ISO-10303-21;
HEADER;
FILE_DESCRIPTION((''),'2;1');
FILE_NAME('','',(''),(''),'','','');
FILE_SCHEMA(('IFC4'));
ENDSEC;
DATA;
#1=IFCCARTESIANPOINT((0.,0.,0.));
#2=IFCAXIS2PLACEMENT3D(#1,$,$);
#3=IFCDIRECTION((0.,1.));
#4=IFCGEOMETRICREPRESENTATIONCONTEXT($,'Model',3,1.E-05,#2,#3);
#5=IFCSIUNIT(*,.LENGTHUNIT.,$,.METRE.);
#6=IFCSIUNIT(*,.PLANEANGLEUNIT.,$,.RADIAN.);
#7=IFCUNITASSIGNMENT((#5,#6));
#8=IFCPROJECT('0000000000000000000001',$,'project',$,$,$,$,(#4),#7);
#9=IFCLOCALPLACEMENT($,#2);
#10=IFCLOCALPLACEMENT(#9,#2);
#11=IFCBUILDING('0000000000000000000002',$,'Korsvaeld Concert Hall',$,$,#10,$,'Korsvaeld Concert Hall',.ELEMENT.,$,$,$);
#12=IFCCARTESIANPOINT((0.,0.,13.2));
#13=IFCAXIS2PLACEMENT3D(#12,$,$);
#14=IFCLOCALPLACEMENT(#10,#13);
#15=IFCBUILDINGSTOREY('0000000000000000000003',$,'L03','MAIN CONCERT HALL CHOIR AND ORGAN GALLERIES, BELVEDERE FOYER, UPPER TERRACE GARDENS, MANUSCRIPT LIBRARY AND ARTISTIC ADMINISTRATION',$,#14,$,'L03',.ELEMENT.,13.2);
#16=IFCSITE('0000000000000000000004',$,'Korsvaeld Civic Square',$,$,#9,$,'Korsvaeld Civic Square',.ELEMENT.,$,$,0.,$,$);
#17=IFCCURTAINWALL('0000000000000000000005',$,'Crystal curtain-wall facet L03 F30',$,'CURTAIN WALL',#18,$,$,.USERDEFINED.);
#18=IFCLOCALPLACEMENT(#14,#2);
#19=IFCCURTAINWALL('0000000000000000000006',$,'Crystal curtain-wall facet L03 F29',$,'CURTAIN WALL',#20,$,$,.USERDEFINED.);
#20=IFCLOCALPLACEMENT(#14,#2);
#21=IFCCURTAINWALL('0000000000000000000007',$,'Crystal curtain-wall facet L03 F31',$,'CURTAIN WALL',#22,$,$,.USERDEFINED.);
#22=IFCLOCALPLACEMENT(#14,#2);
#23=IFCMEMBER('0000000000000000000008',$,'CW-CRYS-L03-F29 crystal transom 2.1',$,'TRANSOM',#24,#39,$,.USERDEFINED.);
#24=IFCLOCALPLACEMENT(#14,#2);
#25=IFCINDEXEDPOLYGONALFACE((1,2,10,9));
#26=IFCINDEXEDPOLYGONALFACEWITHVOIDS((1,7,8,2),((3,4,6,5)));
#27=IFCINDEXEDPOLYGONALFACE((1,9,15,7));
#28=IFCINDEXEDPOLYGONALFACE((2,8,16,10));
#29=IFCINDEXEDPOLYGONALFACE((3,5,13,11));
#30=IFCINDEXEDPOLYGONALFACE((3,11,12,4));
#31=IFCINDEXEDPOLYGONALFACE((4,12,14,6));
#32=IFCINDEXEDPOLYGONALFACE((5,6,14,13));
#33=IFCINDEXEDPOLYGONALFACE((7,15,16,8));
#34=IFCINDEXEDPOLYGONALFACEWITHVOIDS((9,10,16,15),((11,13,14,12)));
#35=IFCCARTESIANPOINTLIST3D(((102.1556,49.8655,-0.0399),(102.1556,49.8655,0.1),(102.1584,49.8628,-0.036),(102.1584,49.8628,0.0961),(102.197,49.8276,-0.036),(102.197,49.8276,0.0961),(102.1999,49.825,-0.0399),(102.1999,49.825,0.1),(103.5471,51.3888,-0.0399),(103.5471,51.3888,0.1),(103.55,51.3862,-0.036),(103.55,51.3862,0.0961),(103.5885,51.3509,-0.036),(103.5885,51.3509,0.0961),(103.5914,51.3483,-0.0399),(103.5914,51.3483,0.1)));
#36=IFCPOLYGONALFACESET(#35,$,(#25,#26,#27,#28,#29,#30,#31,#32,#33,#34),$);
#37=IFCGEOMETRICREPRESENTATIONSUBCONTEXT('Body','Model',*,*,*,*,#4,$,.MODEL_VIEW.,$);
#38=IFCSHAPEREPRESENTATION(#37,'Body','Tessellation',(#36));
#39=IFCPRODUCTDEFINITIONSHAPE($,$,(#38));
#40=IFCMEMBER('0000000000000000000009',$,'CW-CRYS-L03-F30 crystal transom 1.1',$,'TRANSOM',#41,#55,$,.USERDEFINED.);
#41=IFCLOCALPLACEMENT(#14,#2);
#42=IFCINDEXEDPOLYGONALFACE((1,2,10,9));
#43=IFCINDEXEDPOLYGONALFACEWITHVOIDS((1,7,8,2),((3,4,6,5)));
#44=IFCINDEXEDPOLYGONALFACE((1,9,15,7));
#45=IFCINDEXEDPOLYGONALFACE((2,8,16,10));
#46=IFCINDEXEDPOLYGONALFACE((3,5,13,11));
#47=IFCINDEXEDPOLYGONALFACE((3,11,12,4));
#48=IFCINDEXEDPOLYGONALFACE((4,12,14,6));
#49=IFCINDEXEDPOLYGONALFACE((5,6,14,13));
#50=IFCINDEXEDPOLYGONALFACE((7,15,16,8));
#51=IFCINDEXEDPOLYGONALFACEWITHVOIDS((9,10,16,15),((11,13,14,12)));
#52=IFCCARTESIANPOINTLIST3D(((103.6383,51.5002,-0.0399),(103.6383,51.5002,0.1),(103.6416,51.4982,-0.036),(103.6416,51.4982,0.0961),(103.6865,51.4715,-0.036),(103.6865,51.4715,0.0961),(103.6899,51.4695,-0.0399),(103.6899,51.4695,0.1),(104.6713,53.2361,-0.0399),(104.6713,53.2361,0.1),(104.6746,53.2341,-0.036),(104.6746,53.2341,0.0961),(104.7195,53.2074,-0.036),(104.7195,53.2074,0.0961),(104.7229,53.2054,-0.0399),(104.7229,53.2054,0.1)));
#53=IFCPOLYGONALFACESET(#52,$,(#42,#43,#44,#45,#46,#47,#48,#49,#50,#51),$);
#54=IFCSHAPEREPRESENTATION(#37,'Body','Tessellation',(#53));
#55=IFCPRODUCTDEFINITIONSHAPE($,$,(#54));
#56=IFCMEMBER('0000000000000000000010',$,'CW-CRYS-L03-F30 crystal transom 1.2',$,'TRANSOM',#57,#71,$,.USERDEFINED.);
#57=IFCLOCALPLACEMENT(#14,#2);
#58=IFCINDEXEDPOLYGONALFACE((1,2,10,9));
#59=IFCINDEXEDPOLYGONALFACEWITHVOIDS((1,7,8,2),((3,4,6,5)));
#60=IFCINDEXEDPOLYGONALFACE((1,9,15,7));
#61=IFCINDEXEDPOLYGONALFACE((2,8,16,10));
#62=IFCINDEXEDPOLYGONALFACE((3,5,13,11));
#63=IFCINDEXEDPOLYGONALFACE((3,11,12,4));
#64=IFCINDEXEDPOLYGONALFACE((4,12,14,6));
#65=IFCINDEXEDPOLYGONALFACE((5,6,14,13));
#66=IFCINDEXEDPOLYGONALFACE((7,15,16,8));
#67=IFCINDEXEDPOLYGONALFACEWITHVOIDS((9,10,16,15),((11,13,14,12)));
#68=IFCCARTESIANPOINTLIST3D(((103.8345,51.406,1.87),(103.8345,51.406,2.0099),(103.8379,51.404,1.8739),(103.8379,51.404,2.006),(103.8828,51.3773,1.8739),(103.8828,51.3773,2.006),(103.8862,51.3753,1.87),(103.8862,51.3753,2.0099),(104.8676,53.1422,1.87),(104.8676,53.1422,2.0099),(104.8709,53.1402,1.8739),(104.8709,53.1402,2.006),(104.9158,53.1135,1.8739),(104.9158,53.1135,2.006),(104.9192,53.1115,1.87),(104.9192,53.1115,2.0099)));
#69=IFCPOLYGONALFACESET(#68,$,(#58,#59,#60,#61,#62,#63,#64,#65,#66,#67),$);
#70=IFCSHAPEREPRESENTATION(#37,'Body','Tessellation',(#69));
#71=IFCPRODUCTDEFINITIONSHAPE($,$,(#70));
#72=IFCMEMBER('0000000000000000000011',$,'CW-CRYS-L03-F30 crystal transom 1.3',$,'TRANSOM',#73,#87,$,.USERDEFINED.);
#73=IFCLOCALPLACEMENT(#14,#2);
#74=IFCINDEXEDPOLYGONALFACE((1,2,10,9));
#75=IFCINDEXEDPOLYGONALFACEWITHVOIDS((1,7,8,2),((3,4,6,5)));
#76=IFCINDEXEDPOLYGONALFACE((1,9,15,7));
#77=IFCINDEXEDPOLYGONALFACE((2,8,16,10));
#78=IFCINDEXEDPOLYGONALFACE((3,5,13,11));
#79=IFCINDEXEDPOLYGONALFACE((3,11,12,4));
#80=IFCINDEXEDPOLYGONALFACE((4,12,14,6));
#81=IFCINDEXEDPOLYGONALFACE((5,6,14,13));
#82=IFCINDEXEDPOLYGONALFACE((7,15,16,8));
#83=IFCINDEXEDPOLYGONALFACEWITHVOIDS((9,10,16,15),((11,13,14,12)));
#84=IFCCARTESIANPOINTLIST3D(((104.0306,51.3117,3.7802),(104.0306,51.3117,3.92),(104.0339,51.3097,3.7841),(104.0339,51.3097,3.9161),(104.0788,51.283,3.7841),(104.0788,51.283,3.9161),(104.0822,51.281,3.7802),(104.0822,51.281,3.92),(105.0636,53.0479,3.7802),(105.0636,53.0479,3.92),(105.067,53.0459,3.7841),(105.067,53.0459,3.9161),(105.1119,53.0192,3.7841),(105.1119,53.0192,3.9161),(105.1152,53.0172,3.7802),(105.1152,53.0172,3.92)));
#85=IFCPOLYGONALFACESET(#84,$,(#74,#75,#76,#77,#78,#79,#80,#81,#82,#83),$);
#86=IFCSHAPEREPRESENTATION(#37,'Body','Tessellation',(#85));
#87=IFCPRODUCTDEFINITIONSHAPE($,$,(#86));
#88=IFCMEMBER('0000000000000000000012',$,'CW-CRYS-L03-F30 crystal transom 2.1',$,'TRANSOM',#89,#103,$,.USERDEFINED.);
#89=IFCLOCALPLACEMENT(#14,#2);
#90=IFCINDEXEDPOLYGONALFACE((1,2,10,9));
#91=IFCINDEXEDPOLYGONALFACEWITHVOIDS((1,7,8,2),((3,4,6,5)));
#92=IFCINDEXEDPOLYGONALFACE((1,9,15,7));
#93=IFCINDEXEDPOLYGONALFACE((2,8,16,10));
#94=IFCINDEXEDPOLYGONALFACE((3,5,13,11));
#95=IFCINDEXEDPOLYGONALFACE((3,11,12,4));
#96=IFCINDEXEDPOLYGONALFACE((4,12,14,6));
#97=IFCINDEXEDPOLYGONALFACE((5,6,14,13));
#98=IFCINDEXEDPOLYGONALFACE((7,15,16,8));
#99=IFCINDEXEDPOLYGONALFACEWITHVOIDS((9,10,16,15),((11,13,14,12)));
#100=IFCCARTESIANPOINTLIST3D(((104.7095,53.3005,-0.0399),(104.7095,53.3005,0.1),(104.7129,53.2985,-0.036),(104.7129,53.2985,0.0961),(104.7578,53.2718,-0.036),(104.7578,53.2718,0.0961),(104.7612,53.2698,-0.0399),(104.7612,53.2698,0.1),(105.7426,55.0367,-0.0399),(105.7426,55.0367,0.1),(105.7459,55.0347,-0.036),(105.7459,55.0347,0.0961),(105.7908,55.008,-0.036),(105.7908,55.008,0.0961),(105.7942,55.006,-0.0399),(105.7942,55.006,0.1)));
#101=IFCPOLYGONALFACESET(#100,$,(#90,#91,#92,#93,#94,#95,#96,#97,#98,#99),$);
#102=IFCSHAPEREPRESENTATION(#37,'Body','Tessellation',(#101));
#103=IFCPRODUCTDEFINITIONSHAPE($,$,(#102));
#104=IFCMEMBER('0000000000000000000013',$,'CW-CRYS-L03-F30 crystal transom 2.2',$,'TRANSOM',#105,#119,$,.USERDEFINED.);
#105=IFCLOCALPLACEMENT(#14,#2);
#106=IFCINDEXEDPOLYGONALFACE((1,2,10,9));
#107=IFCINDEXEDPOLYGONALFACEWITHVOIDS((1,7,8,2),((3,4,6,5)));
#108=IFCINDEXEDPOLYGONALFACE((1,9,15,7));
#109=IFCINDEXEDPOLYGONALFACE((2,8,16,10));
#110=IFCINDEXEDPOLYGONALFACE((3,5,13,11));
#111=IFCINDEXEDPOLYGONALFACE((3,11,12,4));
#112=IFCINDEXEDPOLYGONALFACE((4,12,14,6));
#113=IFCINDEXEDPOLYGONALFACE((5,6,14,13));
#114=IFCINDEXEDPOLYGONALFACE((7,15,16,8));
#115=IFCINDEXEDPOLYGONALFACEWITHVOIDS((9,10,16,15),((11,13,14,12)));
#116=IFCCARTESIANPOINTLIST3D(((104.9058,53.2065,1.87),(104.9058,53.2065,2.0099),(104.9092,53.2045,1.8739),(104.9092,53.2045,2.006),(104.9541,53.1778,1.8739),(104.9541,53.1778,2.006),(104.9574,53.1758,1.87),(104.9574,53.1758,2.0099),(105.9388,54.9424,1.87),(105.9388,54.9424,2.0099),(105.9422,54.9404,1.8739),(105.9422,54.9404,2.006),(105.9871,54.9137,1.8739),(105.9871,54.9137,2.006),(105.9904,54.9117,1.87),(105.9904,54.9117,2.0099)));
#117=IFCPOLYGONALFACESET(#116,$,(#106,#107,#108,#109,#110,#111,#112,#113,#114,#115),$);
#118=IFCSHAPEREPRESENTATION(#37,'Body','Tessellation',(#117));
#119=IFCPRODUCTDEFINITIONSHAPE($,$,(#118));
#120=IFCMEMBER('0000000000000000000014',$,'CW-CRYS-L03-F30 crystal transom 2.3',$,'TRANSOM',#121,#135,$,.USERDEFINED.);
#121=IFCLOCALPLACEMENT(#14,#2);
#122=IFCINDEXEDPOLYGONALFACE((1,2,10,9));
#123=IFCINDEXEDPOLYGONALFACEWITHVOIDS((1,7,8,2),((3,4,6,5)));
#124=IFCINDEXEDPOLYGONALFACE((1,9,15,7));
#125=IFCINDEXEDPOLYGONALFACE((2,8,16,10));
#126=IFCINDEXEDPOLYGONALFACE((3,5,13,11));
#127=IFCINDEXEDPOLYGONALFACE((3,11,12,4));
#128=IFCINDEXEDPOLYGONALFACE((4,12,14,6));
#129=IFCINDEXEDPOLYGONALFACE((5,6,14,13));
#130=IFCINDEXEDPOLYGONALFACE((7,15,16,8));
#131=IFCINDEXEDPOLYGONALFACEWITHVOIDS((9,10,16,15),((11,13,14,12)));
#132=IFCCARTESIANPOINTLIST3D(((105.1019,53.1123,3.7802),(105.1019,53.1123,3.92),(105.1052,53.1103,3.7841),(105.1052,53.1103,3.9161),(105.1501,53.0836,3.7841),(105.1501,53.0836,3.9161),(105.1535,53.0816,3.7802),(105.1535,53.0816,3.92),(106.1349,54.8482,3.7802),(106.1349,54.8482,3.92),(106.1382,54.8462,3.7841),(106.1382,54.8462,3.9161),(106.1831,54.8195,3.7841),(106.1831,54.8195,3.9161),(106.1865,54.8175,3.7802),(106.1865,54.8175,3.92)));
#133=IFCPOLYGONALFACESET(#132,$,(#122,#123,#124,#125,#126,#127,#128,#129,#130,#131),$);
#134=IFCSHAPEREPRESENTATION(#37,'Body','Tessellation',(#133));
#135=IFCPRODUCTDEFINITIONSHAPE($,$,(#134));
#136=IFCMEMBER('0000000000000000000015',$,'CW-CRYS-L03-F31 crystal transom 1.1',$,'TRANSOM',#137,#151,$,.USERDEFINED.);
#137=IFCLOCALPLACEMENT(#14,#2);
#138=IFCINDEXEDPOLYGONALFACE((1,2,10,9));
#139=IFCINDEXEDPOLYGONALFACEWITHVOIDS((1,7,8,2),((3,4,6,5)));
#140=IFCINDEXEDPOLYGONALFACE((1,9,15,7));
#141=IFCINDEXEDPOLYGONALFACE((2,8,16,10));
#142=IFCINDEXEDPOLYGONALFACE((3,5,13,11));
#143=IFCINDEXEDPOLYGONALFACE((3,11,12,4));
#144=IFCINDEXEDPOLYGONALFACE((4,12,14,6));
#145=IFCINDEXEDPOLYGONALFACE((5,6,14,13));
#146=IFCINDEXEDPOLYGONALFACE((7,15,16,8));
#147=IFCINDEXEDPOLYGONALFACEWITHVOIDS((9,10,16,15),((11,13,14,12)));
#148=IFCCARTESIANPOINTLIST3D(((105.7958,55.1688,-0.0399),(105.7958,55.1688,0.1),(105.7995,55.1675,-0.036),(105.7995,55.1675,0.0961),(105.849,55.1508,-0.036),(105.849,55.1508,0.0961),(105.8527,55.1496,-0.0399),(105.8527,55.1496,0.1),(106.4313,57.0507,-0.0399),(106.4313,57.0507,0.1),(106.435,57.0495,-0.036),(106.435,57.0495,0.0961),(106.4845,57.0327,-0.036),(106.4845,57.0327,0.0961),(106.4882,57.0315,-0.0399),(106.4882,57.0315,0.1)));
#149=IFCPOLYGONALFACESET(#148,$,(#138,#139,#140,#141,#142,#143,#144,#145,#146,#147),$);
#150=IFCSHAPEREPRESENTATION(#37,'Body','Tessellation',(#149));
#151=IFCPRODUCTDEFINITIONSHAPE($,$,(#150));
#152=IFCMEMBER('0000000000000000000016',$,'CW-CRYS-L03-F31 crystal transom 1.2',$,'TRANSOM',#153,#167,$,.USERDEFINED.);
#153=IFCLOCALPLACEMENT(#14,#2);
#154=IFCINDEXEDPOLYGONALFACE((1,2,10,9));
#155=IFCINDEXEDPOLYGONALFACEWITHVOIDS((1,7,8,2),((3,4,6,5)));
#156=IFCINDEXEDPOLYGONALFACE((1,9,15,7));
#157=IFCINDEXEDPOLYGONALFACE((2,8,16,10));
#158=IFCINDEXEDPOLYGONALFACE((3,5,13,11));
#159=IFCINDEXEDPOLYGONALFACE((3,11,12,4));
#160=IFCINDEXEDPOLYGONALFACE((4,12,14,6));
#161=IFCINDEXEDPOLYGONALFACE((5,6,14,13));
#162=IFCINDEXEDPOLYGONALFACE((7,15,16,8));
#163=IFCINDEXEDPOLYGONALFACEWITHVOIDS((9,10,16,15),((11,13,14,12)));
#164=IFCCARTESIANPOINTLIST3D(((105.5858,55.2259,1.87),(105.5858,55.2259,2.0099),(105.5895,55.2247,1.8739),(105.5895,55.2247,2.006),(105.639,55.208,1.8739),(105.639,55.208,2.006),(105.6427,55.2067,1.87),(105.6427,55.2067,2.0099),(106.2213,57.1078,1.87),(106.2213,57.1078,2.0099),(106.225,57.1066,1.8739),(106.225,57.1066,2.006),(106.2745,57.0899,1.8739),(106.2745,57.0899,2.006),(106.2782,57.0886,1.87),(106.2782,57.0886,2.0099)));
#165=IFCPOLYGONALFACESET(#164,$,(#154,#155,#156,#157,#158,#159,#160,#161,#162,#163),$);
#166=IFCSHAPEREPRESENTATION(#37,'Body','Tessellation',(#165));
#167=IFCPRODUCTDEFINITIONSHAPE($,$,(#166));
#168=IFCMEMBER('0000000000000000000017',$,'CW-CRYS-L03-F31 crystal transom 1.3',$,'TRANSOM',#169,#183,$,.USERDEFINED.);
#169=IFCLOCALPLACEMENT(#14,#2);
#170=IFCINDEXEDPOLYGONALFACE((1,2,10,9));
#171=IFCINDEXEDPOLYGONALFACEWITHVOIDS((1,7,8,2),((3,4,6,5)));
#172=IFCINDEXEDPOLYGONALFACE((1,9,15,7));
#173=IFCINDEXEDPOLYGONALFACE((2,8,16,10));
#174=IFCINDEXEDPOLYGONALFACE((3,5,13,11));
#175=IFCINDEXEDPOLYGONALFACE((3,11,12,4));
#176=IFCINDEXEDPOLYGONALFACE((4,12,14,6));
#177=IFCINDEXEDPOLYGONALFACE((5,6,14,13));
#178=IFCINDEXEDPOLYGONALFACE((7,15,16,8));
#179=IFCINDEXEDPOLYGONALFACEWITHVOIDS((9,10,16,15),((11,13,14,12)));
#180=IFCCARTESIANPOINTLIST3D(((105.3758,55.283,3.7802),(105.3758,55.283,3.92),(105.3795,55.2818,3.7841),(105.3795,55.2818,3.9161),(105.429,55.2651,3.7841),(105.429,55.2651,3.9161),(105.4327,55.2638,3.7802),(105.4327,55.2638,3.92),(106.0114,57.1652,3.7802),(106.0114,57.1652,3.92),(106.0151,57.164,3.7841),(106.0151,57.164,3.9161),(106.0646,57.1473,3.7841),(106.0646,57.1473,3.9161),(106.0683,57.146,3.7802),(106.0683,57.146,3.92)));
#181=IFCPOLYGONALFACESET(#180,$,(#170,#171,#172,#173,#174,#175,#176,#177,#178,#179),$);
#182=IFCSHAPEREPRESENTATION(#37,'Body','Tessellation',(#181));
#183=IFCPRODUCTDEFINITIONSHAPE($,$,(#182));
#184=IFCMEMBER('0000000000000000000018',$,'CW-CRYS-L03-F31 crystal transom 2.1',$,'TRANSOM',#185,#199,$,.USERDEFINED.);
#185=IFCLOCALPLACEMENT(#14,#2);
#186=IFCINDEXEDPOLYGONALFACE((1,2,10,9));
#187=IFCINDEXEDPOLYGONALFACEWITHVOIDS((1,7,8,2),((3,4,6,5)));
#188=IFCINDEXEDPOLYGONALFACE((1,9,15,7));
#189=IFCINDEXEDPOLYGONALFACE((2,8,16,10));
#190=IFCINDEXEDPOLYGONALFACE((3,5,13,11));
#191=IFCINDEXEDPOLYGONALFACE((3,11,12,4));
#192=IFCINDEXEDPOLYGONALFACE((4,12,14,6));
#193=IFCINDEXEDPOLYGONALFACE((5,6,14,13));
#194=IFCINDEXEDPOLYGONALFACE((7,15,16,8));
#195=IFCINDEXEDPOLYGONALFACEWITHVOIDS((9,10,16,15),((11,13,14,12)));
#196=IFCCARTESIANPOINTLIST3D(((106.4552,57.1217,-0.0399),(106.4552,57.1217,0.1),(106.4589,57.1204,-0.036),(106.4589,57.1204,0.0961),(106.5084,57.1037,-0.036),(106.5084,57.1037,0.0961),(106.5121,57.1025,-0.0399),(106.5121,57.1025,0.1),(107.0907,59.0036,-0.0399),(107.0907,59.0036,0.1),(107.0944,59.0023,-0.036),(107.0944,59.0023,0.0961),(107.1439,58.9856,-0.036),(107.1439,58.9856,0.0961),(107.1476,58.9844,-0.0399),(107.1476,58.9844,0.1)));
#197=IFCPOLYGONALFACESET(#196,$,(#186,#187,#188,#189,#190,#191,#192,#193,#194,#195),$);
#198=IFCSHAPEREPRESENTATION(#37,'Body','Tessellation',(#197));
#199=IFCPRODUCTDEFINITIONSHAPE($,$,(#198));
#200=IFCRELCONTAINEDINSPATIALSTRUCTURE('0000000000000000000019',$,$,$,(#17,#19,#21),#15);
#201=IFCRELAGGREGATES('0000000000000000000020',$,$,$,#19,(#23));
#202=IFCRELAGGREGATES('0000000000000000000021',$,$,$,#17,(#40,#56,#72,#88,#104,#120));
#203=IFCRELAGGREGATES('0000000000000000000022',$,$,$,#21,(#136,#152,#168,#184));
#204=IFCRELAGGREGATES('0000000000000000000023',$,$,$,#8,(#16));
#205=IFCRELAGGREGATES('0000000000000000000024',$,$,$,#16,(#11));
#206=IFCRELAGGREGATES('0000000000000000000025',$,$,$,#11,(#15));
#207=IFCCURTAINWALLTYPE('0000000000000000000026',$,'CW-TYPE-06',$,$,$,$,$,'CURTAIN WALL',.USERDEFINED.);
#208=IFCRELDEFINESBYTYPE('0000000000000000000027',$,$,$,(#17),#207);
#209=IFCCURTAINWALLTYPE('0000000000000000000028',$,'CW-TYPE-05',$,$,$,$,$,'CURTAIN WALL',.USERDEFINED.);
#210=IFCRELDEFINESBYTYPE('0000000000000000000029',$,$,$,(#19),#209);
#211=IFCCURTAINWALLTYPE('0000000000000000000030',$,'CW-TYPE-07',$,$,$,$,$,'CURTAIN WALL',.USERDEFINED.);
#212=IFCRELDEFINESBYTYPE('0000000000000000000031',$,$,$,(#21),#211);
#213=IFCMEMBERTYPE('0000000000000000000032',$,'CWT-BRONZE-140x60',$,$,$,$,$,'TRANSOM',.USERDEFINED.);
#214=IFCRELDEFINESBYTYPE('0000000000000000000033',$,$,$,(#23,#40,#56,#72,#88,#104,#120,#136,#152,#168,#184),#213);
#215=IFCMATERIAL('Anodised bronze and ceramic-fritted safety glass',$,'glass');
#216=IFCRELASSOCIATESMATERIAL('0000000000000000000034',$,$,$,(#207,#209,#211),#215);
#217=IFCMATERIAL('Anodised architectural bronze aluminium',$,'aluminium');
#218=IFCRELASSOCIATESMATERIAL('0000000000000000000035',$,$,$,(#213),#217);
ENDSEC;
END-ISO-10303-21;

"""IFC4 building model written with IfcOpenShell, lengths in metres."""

from ifc_helpers import new_model, si_unit, direction, frame, origin, origin_2d, place, context, subcontext, project, spatial, hollow_rectangle, extrude, material, material_profile, profile_set, type_object, element, aggregate, save


model = new_model("IFC4")

# Units and contexts
model_context = context("Model", 3, precision=1e-05, world=origin(), true_north=direction((0.0, 1.0)))
body_context = subcontext(model_context, "Body", "Model", "MODEL_VIEW")
ifc_project = project(units=[si_unit("LENGTHUNIT", "METRE"), si_unit("PLANEANGLEUNIT", "RADIAN")], contexts=[model_context])

# Site, building, storey
site_placement = place(None, origin())
site = spatial("IfcSite", under=ifc_project, at=site_placement, Name="Korsvaeld Civic Square", LongName="Korsvaeld Civic Square", CompositionType="ELEMENT", RefElevation=0.0)
building_placement = place(site_placement, origin())
building = spatial("IfcBuilding", under=site, at=building_placement, Name="Korsvaeld Concert Hall", LongName="Korsvaeld Concert Hall", CompositionType="ELEMENT")
storey_placement = place(building_placement, frame((0.0, 0.0, 13.2)))
storey = spatial("IfcBuildingStorey", under=building, at=storey_placement, Name="L03", Description="MAIN CONCERT HALL CHOIR AND ORGAN GALLERIES, BELVEDERE FOYER, UPPER TERRACE GARDENS, MANUSCRIPT LIBRARY AND ARTISTIC ADMINISTRATION", LongName="L03", CompositionType="ELEMENT", Elevation=13.2)

# Curtain wall
ifc_material_1 = material(Name="Anodised bronze and ceramic-fritted safety glass", Category="glass")
curtain_wall_type_1 = type_object("IfcCurtainWallType", Name="CW-TYPE-06", ElementType="CURTAIN WALL", PredefinedType="USERDEFINED", material=ifc_material_1)
curtain_wall_1_placement = place(storey_placement, origin())
curtain_wall_1 = element("IfcCurtainWall", 1, at=curtain_wall_1_placement, inside=storey, type_object=curtain_wall_type_1, Name="Crystal curtain-wall facet L03 F30", ObjectType="CURTAIN WALL", PredefinedType="USERDEFINED")
ifc_material_2 = material(Name="Anodised architectural bronze aluminium", Category="aluminium")

# Curtain wall
curtain_wall_type_2 = type_object("IfcCurtainWallType", Name="CW-TYPE-05", ElementType="CURTAIN WALL", PredefinedType="USERDEFINED", material=ifc_material_1)
curtain_wall_2_placement = place(storey_placement, origin())
curtain_wall_2 = element("IfcCurtainWall", 2, at=curtain_wall_2_placement, inside=storey, type_object=curtain_wall_type_2, Name="Crystal curtain-wall facet L03 F29", ObjectType="CURTAIN WALL", PredefinedType="USERDEFINED")

# Curtain wall
curtain_wall_type_3 = type_object("IfcCurtainWallType", Name="CW-TYPE-07", ElementType="CURTAIN WALL", PredefinedType="USERDEFINED", material=ifc_material_1)
curtain_wall_3_placement = place(storey_placement, origin())
curtain_wall_3 = element("IfcCurtainWall", 3, at=curtain_wall_3_placement, inside=storey, type_object=curtain_wall_type_3, Name="Crystal curtain-wall facet L03 F31", ObjectType="CURTAIN WALL", PredefinedType="USERDEFINED")

# Members
ifc_material_profile_1 = material_profile(ifc_material_2, hollow_rectangle(XDim=0.0601, YDim=0.1399, WallThickness=0.0039, at=origin_2d()), Name="CWT 140x60x4")
ifc_profile_set_1 = profile_set([ifc_material_profile_1], Name="Anodised architectural bronze aluminium")
member_type_1 = type_object("IfcMemberType", Name="CWT-BRONZE-140x60", ElementType="TRANSOM", PredefinedType="USERDEFINED", material=ifc_profile_set_1)
member_1_placement = place(storey_placement, frame((102.1777, 49.8452, 0.03), z_axis=(0.674438, 0.738332, 0.0), x_axis=(-0.738332, 0.674438, 0.0)))
member_1 = element("IfcMember", 4, at=member_1_placement, type_object=member_type_1, Name="CW-CRYS-L03-F29 crystal transom 2.1", ObjectType="TRANSOM", PredefinedType="USERDEFINED", context=body_context, shape_type="SweptSolid", body=[
    extrude(hollow_rectangle(XDim=0.0601, YDim=0.1399, WallThickness=0.0039, at=origin_2d()), origin(), (0.0, 0.0, 1.0), 2.0632),
])
member_2_placement = place(storey_placement, frame((103.6641, 51.4849, 0.03), z_axis=(0.511382, 0.859354, 0.0), x_axis=(-0.859354, 0.511382, 0.0)))
member_2 = element("IfcMember", 5, at=member_2_placement, type_object=member_type_1, Name="CW-CRYS-L03-F30 crystal transom 1.1", ObjectType="TRANSOM", PredefinedType="USERDEFINED", context=body_context, shape_type="SweptSolid", body=[
    extrude(hollow_rectangle(XDim=0.0601, YDim=0.1399, WallThickness=0.0039, at=origin_2d()), origin(), (0.0, 0.0, 1.0), 2.02),
])
member_3_placement = place(storey_placement, frame((103.8604, 51.3906, 1.9399), z_axis=(0.511329, 0.859385, 0.0), x_axis=(-0.859385, 0.511329, 0.0)))
member_3 = element("IfcMember", 6, at=member_3_placement, type_object=member_type_1, Name="CW-CRYS-L03-F30 crystal transom 1.2", ObjectType="TRANSOM", PredefinedType="USERDEFINED", context=body_context, shape_type="SweptSolid", body=[
    extrude(hollow_rectangle(XDim=0.0601, YDim=0.1399, WallThickness=0.0039, at=origin_2d()), origin(), (0.0, 0.0, 1.0), 2.0203),
])
member_4_placement = place(storey_placement, frame((104.0564, 51.2964, 3.8501), z_axis=(0.511329, 0.859385, 0.0), x_axis=(-0.859385, 0.511329, 0.0)))
member_4 = element("IfcMember", 7, at=member_4_placement, type_object=member_type_1, Name="CW-CRYS-L03-F30 crystal transom 1.3", ObjectType="TRANSOM", PredefinedType="USERDEFINED", context=body_context, shape_type="SweptSolid", body=[
    extrude(hollow_rectangle(XDim=0.0601, YDim=0.1399, WallThickness=0.0039, at=origin_2d()), origin(), (0.0, 0.0, 1.0), 2.0203),
])
member_5_placement = place(storey_placement, frame((104.7354, 53.2852, 0.03), z_axis=(0.511329, 0.859385, 0.0), x_axis=(-0.859385, 0.511329, 0.0)))
member_5 = element("IfcMember", 8, at=member_5_placement, type_object=member_type_1, Name="CW-CRYS-L03-F30 crystal transom 2.1", ObjectType="TRANSOM", PredefinedType="USERDEFINED", context=body_context, shape_type="SweptSolid", body=[
    extrude(hollow_rectangle(XDim=0.0601, YDim=0.1399, WallThickness=0.0039, at=origin_2d()), origin(), (0.0, 0.0, 1.0), 2.0203),
])
member_6_placement = place(storey_placement, frame((104.9316, 53.1912, 1.9399), z_axis=(0.511382, 0.859354, 0.0), x_axis=(-0.859354, 0.511382, 0.0)))
member_6 = element("IfcMember", 9, at=member_6_placement, type_object=member_type_1, Name="CW-CRYS-L03-F30 crystal transom 2.2", ObjectType="TRANSOM", PredefinedType="USERDEFINED", context=body_context, shape_type="SweptSolid", body=[
    extrude(hollow_rectangle(XDim=0.0601, YDim=0.1399, WallThickness=0.0039, at=origin_2d()), origin(), (0.0, 0.0, 1.0), 2.02),
])
member_7_placement = place(storey_placement, frame((105.1277, 53.0969, 3.8501), z_axis=(0.511382, 0.859354, 0.0), x_axis=(-0.859354, 0.511382, 0.0)))
member_7 = element("IfcMember", 10, at=member_7_placement, type_object=member_type_1, Name="CW-CRYS-L03-F30 crystal transom 2.3", ObjectType="TRANSOM", PredefinedType="USERDEFINED", context=body_context, shape_type="SweptSolid", body=[
    extrude(hollow_rectangle(XDim=0.0601, YDim=0.1399, WallThickness=0.0039, at=origin_2d()), origin(), (0.0, 0.0, 1.0), 2.02),
])
member_8_placement = place(storey_placement, frame((105.8242, 55.1592, 0.03), z_axis=(0.31995, 0.947435, 0.0), x_axis=(-0.947435, 0.31995, 0.0)))
member_8 = element("IfcMember", 11, at=member_8_placement, type_object=member_type_1, Name="CW-CRYS-L03-F31 crystal transom 1.1", ObjectType="TRANSOM", PredefinedType="USERDEFINED", context=body_context, shape_type="SweptSolid", body=[
    extrude(hollow_rectangle(XDim=0.0601, YDim=0.1399, WallThickness=0.0039, at=origin_2d()), origin(), (0.0, 0.0, 1.0), 1.9863),
])
member_9_placement = place(storey_placement, frame((105.6143, 55.2163, 1.9399), z_axis=(0.31995, 0.947435, 0.0), x_axis=(-0.947435, 0.31995, 0.0)))
member_9 = element("IfcMember", 12, at=member_9_placement, type_object=member_type_1, Name="CW-CRYS-L03-F31 crystal transom 1.2", ObjectType="TRANSOM", PredefinedType="USERDEFINED", context=body_context, shape_type="SweptSolid", body=[
    extrude(hollow_rectangle(XDim=0.0601, YDim=0.1399, WallThickness=0.0039, at=origin_2d()), origin(), (0.0, 0.0, 1.0), 1.9863),
])
member_10_placement = place(storey_placement, frame((105.4043, 55.2734, 3.8501), z_axis=(0.319912, 0.947447, 0.0), x_axis=(-0.947447, 0.319912, 0.0)))
member_10 = element("IfcMember", 13, at=member_10_placement, type_object=member_type_1, Name="CW-CRYS-L03-F31 crystal transom 1.3", ObjectType="TRANSOM", PredefinedType="USERDEFINED", context=body_context, shape_type="SweptSolid", body=[
    extrude(hollow_rectangle(XDim=0.0601, YDim=0.1399, WallThickness=0.0039, at=origin_2d()), origin(), (0.0, 0.0, 1.0), 1.9866),
])
member_11_placement = place(storey_placement, frame((106.4836, 57.1121, 0.03), z_axis=(0.31995, 0.947435, 0.0), x_axis=(-0.947435, 0.31995, 0.0)))
member_11 = element("IfcMember", 14, at=member_11_placement, type_object=member_type_1, Name="CW-CRYS-L03-F31 crystal transom 2.1", ObjectType="TRANSOM", PredefinedType="USERDEFINED", context=body_context, shape_type="SweptSolid", body=[
    extrude(hollow_rectangle(XDim=0.0601, YDim=0.1399, WallThickness=0.0039, at=origin_2d()), origin(), (0.0, 0.0, 1.0), 1.9863),
])

aggregate(curtain_wall_2, [member_1])
aggregate(curtain_wall_1, [member_2, member_3, member_4, member_5, member_6, member_7])
aggregate(curtain_wall_3, [member_8, member_9, member_10, member_11])

save(model, "model.ifc")
